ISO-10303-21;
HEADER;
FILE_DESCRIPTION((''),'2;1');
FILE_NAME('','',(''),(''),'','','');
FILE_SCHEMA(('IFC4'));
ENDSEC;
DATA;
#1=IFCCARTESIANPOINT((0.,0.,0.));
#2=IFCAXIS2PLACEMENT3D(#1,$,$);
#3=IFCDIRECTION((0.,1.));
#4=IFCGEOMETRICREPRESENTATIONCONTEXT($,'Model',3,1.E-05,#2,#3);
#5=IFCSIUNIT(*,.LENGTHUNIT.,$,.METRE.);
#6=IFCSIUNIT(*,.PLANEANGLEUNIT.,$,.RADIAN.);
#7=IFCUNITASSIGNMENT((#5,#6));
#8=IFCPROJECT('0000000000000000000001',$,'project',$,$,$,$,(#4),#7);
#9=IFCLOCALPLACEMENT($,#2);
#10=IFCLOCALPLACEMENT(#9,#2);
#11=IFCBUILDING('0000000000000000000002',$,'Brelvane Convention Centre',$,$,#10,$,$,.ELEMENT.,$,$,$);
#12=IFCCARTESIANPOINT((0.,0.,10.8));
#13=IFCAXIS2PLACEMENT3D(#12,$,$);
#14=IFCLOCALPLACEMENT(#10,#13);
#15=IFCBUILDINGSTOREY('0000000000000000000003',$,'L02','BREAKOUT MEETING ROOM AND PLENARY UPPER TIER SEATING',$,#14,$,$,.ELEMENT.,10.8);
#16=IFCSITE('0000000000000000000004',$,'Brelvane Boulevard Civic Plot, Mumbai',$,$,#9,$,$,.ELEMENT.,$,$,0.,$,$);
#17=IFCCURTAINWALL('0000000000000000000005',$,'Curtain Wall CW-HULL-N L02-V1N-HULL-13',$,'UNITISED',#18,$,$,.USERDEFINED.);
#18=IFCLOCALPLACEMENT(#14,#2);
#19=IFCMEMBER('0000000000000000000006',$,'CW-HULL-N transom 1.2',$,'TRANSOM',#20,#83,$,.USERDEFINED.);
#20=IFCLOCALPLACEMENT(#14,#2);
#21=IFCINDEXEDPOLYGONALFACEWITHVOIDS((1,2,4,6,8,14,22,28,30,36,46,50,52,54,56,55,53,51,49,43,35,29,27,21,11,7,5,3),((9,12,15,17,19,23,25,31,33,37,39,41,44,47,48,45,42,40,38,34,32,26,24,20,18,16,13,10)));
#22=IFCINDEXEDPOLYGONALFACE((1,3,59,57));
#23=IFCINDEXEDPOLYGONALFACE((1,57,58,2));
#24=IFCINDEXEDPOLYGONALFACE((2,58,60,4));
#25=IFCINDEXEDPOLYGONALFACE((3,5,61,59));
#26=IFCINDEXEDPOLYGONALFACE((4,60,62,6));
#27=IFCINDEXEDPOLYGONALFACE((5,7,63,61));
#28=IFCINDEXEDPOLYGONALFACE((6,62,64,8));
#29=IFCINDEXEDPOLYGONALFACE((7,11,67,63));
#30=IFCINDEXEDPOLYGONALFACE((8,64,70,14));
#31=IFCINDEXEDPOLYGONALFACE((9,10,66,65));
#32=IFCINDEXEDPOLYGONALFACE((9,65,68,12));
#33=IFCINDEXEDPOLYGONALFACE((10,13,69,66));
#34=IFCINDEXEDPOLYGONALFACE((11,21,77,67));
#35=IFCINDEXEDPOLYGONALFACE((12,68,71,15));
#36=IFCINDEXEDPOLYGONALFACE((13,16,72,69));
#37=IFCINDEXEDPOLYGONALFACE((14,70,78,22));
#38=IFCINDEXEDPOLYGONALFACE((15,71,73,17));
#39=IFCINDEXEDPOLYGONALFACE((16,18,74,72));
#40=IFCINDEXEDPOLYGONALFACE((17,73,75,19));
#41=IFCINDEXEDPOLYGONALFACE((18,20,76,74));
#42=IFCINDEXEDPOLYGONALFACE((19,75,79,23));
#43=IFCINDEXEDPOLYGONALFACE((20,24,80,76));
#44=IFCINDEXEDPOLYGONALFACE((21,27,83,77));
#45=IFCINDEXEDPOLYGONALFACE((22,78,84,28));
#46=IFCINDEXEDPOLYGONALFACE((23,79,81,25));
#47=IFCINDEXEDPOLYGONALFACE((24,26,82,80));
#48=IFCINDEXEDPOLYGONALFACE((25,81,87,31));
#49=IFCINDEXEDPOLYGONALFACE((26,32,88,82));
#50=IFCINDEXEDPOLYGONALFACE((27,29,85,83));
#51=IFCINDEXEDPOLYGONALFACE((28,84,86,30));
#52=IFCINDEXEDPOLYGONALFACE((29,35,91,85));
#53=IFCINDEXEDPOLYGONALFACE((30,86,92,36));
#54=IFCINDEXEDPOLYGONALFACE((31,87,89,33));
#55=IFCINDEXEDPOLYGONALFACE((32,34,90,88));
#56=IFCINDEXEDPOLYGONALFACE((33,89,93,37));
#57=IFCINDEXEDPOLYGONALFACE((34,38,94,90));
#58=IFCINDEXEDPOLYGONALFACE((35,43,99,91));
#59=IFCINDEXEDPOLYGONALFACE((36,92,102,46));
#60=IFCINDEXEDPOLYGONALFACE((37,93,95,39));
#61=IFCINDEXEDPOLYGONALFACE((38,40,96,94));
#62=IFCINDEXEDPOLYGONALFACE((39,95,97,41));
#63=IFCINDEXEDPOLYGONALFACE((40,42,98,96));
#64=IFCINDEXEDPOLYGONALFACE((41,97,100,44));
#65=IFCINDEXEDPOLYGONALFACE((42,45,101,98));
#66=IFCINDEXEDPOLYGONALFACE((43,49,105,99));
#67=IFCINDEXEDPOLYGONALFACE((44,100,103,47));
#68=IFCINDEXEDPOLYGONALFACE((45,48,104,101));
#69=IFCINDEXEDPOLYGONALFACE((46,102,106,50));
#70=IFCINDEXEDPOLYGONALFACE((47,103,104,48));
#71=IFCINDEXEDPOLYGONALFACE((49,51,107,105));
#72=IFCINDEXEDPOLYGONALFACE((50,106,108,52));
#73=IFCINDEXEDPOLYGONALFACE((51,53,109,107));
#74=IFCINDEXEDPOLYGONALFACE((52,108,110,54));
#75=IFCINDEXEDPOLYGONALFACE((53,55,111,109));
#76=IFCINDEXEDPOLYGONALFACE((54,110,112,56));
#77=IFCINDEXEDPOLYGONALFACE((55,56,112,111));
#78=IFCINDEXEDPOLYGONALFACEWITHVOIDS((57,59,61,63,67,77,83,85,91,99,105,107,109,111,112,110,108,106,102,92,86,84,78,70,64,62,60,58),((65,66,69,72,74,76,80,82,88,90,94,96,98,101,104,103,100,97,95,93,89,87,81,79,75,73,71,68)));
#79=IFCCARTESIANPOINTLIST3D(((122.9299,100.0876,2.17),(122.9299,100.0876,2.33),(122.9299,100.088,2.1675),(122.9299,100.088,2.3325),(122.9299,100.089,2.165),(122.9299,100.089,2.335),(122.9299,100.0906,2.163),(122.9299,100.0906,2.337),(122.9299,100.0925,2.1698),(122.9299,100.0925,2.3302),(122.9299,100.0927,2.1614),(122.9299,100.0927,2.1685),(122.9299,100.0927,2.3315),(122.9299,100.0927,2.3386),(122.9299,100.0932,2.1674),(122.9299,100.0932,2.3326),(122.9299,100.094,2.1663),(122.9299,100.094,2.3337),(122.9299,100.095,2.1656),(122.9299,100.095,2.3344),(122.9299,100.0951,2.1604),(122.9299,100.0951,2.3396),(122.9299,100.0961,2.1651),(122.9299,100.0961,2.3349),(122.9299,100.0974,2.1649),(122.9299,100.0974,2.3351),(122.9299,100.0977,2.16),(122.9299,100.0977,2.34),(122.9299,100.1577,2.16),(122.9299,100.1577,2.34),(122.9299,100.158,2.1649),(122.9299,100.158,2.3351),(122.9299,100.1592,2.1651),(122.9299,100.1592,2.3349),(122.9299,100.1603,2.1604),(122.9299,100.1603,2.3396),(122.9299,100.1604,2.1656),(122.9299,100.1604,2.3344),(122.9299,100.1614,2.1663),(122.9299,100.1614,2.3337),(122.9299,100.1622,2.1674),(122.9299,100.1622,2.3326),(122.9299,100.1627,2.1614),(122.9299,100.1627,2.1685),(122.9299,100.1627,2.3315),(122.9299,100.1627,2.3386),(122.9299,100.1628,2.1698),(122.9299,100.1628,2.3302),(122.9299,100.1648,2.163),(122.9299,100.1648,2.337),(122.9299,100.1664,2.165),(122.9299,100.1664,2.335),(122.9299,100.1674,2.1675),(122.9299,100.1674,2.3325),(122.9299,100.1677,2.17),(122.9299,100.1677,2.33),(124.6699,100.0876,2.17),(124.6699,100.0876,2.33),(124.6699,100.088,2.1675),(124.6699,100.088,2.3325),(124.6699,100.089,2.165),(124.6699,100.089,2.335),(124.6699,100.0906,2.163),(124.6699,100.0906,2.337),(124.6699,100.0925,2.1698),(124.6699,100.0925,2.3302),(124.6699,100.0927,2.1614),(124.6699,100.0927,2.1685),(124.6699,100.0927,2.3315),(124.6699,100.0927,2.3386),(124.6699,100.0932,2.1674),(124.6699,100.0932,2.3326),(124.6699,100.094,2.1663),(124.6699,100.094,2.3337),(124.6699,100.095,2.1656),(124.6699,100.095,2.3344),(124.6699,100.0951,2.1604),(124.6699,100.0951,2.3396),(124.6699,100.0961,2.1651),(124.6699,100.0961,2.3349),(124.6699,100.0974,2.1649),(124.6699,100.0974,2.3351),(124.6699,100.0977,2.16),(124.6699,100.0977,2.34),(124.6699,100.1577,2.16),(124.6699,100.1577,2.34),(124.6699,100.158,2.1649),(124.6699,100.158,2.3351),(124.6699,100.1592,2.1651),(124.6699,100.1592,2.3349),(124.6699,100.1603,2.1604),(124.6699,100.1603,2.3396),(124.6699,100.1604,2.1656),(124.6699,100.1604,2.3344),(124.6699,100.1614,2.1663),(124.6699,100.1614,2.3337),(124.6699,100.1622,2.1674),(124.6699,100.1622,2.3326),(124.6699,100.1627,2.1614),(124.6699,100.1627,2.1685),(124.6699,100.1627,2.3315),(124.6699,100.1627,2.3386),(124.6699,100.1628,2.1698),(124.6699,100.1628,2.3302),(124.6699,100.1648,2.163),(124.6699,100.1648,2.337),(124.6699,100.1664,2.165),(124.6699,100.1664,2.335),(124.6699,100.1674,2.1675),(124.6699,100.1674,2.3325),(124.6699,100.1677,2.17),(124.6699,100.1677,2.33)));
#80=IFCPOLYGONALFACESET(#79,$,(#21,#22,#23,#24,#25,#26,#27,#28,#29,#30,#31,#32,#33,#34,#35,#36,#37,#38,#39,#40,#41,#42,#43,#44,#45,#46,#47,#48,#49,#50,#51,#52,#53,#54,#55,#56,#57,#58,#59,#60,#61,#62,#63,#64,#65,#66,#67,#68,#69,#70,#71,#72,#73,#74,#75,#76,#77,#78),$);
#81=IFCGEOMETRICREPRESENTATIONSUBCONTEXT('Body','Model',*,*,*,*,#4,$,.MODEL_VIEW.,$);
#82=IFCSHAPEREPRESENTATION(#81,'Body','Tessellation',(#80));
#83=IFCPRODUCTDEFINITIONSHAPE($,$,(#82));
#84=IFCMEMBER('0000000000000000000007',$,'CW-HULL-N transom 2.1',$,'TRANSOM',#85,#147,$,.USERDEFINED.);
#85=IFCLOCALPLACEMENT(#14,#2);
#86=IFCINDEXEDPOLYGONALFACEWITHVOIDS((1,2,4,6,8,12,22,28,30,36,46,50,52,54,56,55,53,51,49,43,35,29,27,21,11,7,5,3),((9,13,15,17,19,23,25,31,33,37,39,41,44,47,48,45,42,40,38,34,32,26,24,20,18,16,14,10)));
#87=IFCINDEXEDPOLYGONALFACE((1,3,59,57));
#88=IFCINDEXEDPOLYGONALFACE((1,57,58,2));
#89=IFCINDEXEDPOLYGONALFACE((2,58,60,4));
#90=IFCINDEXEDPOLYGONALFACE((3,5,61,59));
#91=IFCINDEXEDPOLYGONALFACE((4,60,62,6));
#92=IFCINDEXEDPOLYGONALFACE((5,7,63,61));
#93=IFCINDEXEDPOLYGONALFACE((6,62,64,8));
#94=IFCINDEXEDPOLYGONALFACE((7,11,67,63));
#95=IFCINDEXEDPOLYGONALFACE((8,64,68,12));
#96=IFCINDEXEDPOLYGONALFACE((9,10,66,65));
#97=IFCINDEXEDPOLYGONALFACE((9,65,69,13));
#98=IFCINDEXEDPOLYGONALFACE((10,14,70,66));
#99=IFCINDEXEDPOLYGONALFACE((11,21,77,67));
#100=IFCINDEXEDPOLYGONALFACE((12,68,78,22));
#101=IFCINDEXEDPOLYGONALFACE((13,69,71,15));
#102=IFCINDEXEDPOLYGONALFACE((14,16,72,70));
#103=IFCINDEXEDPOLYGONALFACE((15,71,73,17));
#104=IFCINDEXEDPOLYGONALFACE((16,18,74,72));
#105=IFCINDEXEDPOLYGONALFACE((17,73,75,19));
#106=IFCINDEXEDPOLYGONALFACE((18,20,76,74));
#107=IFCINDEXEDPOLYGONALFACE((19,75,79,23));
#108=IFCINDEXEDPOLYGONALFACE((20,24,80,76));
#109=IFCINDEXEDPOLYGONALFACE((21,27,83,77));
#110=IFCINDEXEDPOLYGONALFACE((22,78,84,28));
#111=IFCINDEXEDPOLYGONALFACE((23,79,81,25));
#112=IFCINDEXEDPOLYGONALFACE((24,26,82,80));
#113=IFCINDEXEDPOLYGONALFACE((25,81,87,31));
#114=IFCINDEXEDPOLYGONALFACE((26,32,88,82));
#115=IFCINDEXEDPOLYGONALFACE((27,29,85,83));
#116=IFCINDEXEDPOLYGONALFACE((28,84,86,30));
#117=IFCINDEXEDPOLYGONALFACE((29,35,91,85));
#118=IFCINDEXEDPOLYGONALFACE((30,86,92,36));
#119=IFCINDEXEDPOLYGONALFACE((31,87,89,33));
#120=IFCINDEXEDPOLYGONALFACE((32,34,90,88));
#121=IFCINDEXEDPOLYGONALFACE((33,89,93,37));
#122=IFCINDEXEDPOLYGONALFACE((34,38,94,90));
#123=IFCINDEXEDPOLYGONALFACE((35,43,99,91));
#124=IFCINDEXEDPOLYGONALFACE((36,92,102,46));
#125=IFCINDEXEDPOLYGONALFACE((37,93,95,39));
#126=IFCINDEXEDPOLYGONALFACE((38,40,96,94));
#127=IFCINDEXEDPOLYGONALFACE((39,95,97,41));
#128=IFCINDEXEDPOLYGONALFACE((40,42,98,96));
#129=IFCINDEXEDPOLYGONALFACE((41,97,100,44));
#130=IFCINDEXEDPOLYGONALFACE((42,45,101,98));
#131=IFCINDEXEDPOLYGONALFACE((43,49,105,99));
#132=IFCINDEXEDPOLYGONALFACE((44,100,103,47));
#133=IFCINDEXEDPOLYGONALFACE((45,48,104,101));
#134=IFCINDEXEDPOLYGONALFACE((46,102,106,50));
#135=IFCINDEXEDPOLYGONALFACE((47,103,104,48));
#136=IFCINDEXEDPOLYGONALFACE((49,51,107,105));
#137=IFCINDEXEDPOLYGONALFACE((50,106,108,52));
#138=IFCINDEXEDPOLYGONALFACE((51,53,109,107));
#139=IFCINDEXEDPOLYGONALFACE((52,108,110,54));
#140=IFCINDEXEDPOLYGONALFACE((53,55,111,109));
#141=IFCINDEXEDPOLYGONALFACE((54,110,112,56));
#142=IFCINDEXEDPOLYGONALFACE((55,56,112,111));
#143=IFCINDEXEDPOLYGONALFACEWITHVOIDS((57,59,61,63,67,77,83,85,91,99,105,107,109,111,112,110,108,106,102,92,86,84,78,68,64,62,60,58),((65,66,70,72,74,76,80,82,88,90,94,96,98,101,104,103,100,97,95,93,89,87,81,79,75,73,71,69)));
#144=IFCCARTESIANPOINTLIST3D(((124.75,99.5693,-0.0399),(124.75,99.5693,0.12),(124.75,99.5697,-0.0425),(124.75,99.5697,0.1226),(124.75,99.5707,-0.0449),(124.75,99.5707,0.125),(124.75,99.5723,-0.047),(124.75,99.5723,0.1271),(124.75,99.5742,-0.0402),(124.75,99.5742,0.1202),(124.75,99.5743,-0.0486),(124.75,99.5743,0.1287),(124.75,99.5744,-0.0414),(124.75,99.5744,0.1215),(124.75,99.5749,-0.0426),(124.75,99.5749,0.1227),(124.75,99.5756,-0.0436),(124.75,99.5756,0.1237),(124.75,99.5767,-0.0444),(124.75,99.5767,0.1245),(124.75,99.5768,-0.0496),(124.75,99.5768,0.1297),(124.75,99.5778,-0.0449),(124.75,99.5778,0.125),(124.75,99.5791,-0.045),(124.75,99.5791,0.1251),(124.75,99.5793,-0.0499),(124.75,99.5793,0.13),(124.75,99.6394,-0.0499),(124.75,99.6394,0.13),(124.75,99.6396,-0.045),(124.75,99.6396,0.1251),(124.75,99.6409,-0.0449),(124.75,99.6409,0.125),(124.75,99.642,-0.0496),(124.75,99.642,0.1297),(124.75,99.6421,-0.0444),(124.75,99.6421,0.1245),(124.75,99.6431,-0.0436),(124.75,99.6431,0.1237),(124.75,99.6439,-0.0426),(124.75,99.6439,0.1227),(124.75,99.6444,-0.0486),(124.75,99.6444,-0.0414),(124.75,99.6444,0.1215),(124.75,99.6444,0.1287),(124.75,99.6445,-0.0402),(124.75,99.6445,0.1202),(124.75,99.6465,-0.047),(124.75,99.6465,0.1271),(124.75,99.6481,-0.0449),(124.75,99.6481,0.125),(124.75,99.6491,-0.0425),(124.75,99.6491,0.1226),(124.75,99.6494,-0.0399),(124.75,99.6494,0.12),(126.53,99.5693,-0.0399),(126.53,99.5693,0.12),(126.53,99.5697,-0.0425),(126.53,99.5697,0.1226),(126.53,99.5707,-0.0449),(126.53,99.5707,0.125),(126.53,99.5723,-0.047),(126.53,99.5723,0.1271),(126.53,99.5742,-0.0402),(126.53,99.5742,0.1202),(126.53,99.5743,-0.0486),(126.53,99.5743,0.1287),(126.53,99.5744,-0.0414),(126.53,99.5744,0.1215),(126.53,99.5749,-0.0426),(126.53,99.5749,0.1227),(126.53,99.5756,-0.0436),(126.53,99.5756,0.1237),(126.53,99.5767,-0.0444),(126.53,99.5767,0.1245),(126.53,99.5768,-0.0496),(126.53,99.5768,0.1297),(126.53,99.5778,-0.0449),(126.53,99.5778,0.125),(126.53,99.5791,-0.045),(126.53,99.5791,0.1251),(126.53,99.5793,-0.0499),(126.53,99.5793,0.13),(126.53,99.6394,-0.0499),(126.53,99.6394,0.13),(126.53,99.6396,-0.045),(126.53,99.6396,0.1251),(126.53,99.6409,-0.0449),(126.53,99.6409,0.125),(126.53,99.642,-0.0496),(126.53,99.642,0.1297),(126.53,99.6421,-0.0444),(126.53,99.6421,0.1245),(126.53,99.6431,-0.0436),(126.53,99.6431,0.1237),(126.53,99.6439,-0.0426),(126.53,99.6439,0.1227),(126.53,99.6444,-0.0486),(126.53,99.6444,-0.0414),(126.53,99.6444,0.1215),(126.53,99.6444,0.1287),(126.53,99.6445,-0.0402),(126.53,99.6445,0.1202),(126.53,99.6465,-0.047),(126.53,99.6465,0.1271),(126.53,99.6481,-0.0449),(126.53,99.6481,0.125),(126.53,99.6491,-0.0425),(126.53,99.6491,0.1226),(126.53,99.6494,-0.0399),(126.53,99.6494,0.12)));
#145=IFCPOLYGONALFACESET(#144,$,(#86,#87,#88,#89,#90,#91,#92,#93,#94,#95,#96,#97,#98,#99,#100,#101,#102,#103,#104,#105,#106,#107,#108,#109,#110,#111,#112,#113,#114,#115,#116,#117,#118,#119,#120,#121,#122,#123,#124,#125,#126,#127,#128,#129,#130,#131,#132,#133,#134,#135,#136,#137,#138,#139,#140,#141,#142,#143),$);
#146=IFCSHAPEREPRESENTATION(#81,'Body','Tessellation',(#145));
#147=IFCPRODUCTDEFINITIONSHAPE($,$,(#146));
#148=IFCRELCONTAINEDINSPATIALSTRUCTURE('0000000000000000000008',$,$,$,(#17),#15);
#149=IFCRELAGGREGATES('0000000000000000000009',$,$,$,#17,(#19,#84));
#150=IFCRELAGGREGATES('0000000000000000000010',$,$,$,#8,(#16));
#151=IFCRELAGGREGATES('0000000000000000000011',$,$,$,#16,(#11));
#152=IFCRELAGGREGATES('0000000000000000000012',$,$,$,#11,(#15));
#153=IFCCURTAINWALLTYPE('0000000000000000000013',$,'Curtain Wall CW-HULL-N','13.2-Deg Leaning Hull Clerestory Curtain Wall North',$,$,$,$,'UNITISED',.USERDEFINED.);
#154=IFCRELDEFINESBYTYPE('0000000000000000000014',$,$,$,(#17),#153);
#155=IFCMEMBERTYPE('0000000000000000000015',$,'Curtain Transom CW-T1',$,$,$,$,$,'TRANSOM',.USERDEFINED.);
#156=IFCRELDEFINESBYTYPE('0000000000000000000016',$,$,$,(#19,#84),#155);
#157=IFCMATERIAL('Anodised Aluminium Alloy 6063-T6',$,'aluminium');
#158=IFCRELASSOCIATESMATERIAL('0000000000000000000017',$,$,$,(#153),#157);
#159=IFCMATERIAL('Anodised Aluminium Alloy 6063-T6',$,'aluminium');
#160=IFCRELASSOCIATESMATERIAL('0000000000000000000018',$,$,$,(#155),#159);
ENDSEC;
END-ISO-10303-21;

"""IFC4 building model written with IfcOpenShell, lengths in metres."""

from ifc_helpers import new_model, si_unit, direction, frame, origin, origin_2d, place, context, subcontext, project, spatial, hollow_rectangle, extrude, material, material_profile, profile_set, type_object, element, aggregate, save


model = new_model("IFC4")

# Units and contexts
model_context = context("Model", 3, precision=1e-05, world=origin(), true_north=direction((0.0, 1.0)))
body_context = subcontext(model_context, "Body", "Model", "MODEL_VIEW")
ifc_project = project(units=[si_unit("LENGTHUNIT", "METRE"), si_unit("PLANEANGLEUNIT", "RADIAN")], contexts=[model_context])

# Site, building, storey
site_placement = place(None, origin())
site = spatial("IfcSite", under=ifc_project, at=site_placement, Name="Brelvane Boulevard Civic Plot, Mumbai", CompositionType="ELEMENT", RefElevation=0.0)
building_placement = place(site_placement, origin())
building = spatial("IfcBuilding", under=site, at=building_placement, Name="Brelvane Convention Centre", CompositionType="ELEMENT")
storey_placement = place(building_placement, frame((0.0, 0.0, 10.8)))
storey = spatial("IfcBuildingStorey", under=building, at=storey_placement, Name="L02", Description="BREAKOUT MEETING ROOM AND PLENARY UPPER TIER SEATING", CompositionType="ELEMENT", Elevation=10.8)

# Curtain wall
ifc_material_1 = material(Name="Anodised Aluminium Alloy 6063-T6", Category="aluminium")
curtain_wall_type = type_object("IfcCurtainWallType", Name="Curtain Wall CW-HULL-N", Description="13.2-Deg Leaning Hull Clerestory Curtain Wall North", ElementType="UNITISED", PredefinedType="USERDEFINED", material=ifc_material_1)
curtain_wall_1_placement = place(storey_placement, origin())
curtain_wall_1 = element("IfcCurtainWall", 1, at=curtain_wall_1_placement, inside=storey, type_object=curtain_wall_type, Name="Curtain Wall CW-HULL-N L02-V1N-HULL-13", ObjectType="UNITISED", PredefinedType="USERDEFINED")

# Members
ifc_material_2 = material(Name="Anodised Aluminium Alloy 6063-T6", Category="aluminium")
ifc_material_profile_1 = material_profile(ifc_material_2, hollow_rectangle(XDim=0.0801, YDim=0.1799, WallThickness=0.0049, InnerFilletRadius=0.0049, OuterFilletRadius=0.01, at=origin_2d()), Name="ALU-T 180x80x5.0")
ifc_profile_set_1 = profile_set([ifc_material_profile_1], Name="Anodised Aluminium Alloy 6063-T6")
member_type_1 = type_object("IfcMemberType", Name="Curtain Transom CW-T1", ElementType="TRANSOM", PredefinedType="USERDEFINED", material=ifc_profile_set_1)
member_1_placement = place(storey_placement, frame((122.9299, 100.1277, 2.25), z_axis=(1.0, 0.0, 0.0), x_axis=(0.0, 1.0, 0.0)))
member_1 = element("IfcMember", 2, at=member_1_placement, type_object=member_type_1, Name="CW-HULL-N transom 1.2", ObjectType="TRANSOM", PredefinedType="USERDEFINED", context=body_context, shape_type="SweptSolid", body=[
    extrude(hollow_rectangle(XDim=0.0801, YDim=0.1799, WallThickness=0.0049, InnerFilletRadius=0.0049, OuterFilletRadius=0.01, at=origin_2d()), origin(), (0.0, 0.0, 1.0), 1.74),
])
member_2_placement = place(storey_placement, frame((124.75, 99.6094, 0.04), z_axis=(1.0, 0.0, 0.0), x_axis=(0.0, 1.0, 0.0)))
member_2 = element("IfcMember", 3, at=member_2_placement, type_object=member_type_1, Name="CW-HULL-N transom 2.1", ObjectType="TRANSOM", PredefinedType="USERDEFINED", context=body_context, shape_type="SweptSolid", body=[
    extrude(hollow_rectangle(XDim=0.0801, YDim=0.1799, WallThickness=0.0049, InnerFilletRadius=0.0049, OuterFilletRadius=0.01, at=origin_2d()), origin(), (0.0, 0.0, 1.0), 1.78),
])

aggregate(curtain_wall_1, [member_1, member_2])

save(model, "model.ifc")
